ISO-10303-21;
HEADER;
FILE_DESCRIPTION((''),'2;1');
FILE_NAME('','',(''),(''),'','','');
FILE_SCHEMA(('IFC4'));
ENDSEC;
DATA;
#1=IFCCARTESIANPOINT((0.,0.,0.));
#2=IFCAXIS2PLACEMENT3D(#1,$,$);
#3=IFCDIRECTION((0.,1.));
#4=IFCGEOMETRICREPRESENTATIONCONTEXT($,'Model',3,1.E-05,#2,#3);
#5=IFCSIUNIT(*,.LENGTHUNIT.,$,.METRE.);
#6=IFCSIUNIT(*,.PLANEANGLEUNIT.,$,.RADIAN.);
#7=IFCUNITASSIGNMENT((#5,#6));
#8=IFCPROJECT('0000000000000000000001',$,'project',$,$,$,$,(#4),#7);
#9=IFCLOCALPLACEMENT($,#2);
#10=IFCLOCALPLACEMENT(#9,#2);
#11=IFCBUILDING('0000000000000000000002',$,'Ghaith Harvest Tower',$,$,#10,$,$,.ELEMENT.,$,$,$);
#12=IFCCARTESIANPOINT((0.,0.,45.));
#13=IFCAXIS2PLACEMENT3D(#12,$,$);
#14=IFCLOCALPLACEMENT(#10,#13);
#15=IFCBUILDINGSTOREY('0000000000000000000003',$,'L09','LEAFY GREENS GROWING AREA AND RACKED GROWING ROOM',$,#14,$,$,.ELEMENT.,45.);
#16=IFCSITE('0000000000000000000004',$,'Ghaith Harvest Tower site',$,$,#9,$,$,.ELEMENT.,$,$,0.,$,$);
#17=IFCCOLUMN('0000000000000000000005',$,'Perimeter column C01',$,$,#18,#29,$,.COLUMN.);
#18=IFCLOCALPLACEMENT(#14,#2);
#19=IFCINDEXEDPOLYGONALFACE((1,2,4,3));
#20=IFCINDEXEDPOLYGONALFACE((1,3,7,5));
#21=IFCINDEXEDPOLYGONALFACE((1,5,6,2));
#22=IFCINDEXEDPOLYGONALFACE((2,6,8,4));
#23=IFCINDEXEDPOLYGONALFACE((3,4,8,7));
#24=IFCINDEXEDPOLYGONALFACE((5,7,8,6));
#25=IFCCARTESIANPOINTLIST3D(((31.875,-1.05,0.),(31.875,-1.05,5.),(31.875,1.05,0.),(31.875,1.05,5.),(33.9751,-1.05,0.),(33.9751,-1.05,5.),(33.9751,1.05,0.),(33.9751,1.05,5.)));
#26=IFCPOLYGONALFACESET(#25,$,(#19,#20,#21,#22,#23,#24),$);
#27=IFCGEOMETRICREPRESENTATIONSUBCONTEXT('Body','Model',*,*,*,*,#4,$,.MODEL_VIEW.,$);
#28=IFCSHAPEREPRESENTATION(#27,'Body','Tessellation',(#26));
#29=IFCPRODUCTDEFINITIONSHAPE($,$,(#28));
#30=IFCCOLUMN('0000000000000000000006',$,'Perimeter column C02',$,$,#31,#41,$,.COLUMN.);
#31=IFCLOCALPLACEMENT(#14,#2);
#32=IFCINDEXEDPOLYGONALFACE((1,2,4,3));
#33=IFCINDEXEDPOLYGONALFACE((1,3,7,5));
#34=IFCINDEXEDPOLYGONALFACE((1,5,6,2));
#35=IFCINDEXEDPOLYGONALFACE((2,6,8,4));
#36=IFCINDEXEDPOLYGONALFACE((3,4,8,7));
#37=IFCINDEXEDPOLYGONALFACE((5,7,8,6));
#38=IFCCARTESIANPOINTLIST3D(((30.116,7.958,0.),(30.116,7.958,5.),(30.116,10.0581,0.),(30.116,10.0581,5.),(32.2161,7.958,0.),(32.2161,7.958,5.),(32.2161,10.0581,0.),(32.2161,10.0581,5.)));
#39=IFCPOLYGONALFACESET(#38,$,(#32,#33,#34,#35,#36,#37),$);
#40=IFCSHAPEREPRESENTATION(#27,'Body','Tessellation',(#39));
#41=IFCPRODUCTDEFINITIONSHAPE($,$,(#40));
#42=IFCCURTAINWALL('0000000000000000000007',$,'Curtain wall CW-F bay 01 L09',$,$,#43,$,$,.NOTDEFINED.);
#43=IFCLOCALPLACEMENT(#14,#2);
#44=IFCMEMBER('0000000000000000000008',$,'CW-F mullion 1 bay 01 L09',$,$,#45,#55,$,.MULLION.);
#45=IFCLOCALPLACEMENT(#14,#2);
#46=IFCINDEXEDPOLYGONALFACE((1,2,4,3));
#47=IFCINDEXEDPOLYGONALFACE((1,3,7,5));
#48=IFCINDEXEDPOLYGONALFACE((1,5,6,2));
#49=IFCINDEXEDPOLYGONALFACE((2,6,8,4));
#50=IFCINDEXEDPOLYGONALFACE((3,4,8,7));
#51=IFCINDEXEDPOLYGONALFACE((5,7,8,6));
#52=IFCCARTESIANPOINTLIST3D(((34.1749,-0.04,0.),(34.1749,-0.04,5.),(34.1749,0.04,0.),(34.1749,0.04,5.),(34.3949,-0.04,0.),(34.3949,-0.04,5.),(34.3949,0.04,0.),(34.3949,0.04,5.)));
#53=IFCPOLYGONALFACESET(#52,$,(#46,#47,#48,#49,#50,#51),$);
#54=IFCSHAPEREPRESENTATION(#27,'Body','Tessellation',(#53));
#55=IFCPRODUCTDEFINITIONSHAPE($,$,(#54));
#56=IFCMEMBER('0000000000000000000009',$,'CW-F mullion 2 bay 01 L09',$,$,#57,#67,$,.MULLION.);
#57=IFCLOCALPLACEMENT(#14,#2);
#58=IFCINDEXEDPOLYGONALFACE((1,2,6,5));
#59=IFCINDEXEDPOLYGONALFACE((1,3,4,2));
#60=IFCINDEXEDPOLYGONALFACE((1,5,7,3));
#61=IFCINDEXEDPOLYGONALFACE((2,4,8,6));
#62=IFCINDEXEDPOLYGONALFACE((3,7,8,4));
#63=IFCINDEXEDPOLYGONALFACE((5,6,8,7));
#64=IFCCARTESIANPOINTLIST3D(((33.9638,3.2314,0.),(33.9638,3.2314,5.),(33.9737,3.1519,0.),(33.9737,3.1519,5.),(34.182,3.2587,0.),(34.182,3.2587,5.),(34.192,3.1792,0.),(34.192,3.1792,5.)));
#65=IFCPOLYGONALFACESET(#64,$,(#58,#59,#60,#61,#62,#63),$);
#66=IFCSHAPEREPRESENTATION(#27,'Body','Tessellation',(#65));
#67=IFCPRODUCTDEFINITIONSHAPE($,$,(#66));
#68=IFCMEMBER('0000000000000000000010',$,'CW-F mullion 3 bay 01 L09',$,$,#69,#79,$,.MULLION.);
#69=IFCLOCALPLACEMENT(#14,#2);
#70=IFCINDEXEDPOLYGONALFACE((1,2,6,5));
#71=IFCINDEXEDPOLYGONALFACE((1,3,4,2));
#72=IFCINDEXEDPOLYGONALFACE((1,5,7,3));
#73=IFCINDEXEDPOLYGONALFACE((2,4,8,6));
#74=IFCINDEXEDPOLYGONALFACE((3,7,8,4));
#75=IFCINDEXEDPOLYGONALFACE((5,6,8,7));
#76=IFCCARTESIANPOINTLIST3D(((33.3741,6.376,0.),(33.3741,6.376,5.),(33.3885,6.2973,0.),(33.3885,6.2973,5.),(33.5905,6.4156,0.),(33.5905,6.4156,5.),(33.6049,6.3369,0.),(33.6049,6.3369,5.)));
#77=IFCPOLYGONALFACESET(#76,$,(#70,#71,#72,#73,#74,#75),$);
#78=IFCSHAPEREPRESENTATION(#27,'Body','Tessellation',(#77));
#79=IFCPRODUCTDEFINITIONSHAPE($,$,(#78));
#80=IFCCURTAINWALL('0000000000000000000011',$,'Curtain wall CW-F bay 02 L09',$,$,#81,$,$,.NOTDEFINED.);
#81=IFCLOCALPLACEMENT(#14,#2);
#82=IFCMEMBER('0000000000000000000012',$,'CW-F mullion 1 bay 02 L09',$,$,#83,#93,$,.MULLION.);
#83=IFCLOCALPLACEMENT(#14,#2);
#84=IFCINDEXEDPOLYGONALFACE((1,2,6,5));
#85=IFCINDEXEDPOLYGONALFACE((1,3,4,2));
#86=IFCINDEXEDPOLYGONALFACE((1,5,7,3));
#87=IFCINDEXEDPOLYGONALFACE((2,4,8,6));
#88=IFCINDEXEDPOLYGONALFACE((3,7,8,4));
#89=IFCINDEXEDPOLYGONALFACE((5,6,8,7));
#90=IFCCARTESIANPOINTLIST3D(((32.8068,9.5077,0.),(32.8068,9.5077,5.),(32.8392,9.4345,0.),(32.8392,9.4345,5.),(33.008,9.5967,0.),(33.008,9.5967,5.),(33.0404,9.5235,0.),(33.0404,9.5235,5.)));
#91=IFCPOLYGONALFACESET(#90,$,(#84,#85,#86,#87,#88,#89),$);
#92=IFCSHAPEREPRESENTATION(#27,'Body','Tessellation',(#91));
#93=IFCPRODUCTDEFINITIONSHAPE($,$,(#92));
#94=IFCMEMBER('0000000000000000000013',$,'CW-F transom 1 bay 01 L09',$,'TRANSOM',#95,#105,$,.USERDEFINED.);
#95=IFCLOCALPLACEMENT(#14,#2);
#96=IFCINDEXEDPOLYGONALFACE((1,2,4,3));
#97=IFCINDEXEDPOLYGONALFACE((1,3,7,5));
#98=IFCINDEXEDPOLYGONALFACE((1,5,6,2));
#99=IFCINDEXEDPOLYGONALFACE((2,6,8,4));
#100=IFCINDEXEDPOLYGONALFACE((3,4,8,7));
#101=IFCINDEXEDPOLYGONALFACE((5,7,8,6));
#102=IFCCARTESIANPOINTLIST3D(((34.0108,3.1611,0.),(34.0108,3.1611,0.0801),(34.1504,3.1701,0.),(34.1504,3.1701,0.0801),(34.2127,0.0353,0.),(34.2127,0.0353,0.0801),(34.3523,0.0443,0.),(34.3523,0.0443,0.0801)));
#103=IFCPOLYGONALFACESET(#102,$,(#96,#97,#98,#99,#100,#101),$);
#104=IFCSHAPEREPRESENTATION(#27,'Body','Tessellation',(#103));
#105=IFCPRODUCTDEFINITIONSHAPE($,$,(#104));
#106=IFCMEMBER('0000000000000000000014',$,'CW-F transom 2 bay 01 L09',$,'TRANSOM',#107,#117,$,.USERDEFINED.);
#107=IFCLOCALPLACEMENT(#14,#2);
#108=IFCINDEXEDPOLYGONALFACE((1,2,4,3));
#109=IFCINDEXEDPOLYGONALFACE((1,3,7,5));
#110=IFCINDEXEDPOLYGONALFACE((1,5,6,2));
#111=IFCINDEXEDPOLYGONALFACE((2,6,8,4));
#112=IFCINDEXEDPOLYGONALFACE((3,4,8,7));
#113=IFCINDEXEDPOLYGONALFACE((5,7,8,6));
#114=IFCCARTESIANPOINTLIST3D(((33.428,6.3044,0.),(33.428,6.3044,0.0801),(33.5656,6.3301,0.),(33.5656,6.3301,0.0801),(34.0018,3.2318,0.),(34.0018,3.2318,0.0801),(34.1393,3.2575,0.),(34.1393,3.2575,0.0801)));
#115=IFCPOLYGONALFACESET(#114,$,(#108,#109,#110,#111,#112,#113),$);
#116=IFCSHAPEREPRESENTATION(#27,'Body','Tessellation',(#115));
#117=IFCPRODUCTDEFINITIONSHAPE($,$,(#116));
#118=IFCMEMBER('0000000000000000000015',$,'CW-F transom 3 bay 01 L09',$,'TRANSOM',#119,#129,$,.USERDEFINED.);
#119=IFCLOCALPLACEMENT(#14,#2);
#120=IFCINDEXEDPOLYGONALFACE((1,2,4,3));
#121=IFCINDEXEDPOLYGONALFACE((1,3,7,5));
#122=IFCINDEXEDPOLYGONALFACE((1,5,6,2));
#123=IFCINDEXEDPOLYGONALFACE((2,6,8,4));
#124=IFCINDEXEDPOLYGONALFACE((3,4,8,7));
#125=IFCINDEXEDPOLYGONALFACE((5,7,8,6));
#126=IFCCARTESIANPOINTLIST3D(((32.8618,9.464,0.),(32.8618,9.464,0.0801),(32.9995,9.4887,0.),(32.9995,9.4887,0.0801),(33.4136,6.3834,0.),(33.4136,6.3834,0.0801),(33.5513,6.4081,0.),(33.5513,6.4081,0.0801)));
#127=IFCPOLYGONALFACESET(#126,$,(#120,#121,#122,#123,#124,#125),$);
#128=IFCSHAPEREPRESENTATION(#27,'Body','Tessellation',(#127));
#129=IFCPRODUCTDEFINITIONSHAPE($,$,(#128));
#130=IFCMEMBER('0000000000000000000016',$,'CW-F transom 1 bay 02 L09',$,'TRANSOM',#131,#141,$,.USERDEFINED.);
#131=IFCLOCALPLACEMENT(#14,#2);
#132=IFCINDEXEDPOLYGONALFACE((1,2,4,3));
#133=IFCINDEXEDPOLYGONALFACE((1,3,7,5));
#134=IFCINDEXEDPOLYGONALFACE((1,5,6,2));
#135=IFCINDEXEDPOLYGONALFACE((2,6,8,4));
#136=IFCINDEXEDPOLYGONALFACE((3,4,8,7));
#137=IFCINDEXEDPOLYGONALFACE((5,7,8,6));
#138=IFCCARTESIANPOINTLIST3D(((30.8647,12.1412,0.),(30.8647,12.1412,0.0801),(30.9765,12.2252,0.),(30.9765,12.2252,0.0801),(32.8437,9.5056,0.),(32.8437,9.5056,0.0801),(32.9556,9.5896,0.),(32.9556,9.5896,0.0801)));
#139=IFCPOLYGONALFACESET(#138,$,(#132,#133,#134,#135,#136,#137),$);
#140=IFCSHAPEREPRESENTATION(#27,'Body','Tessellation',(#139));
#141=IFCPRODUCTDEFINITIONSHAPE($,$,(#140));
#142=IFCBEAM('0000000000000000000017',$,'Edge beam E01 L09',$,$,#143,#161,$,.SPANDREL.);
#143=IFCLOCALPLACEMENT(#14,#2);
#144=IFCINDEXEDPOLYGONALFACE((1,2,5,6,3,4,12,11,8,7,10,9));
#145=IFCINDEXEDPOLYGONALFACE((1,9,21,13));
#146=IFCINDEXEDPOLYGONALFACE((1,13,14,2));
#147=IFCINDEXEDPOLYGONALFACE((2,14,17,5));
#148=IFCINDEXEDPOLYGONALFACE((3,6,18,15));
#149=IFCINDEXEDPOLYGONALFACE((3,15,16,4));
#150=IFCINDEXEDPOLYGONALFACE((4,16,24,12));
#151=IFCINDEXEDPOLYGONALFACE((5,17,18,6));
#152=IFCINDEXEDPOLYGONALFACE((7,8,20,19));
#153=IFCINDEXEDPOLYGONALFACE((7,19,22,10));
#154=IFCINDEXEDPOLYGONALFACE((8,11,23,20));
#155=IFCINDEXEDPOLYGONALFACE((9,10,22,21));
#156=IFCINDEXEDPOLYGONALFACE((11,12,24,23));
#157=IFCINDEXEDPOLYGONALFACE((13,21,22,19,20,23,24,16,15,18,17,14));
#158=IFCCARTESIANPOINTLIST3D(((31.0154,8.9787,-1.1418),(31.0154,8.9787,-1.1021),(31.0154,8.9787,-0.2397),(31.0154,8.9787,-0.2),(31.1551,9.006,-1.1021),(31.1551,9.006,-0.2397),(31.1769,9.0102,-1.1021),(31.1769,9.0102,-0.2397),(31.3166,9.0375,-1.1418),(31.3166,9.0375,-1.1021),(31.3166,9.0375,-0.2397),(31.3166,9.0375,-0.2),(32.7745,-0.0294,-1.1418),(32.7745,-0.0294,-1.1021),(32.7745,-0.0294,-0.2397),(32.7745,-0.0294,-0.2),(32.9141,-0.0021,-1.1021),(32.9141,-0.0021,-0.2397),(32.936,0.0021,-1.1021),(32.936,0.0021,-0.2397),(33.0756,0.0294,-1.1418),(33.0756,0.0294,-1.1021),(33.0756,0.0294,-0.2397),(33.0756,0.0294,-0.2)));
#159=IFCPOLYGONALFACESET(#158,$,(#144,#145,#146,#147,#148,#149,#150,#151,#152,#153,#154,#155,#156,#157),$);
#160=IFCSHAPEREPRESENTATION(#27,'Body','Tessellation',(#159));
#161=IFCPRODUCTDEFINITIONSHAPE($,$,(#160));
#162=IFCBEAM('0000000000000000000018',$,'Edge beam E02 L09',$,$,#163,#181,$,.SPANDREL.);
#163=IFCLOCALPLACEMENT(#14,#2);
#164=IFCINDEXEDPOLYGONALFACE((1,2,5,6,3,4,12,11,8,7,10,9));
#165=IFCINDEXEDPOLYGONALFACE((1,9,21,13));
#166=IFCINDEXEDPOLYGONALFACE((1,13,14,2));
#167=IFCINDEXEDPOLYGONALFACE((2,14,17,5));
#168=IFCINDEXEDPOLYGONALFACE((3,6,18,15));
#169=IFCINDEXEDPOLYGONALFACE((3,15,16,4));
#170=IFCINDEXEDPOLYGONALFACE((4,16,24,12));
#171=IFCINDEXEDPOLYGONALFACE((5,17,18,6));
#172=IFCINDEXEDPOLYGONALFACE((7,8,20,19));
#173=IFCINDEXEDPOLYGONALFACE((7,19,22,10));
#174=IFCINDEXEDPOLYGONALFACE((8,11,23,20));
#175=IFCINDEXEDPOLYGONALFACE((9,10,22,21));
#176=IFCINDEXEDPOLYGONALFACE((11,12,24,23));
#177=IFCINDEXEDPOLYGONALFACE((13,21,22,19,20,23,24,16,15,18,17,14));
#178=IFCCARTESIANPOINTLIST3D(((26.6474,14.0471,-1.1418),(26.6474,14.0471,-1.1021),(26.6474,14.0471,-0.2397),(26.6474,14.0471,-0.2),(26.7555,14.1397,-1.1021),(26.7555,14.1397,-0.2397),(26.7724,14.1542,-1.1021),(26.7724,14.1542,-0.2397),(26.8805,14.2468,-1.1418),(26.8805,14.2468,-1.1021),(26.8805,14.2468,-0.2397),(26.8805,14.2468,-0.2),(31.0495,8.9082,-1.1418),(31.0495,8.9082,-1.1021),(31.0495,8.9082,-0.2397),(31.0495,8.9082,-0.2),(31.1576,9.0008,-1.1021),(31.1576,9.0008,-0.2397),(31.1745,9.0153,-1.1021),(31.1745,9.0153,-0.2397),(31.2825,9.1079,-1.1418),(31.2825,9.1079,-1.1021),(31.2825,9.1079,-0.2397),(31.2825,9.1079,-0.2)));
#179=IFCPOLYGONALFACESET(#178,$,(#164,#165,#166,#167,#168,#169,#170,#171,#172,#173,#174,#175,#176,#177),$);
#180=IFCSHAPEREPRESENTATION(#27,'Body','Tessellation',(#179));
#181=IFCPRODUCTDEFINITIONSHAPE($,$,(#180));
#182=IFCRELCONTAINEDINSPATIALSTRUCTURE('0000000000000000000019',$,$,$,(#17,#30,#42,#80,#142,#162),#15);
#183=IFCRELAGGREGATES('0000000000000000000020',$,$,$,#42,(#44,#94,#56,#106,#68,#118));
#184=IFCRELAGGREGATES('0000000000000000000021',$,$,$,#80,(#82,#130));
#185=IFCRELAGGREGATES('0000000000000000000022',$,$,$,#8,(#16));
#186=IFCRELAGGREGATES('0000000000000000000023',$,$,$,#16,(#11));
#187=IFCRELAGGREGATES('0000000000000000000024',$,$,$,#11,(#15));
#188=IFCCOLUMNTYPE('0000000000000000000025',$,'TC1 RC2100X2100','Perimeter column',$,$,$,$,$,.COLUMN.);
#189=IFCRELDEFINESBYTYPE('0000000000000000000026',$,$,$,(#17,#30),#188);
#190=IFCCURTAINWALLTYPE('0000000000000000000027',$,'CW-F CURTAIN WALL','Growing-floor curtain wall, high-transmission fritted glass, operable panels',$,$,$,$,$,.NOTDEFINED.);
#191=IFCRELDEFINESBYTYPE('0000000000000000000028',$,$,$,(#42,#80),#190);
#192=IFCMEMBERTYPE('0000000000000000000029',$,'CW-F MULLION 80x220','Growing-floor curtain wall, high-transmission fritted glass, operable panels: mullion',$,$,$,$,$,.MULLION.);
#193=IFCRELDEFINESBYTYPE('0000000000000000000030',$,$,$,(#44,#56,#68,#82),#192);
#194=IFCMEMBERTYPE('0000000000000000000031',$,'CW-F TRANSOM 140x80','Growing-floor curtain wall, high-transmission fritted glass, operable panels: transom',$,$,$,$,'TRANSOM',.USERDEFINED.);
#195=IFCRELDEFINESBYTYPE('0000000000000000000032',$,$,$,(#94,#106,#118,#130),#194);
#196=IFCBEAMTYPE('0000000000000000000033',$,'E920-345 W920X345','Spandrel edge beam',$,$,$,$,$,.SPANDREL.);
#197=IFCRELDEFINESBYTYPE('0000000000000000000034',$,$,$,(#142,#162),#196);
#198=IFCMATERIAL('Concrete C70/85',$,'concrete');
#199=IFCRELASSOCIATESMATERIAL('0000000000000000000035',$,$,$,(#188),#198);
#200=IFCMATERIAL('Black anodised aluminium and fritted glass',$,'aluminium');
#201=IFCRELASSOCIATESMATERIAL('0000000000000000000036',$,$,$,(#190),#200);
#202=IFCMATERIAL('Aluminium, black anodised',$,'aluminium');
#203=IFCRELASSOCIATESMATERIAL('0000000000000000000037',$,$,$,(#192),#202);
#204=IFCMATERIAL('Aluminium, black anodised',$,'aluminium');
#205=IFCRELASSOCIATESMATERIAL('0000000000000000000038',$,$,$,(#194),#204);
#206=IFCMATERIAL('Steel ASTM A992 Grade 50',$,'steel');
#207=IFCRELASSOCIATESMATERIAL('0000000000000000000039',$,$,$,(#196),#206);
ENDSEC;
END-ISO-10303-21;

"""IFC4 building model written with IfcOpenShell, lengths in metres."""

from ifc_helpers import new_model, si_unit, direction, frame, origin, origin_2d, place, context, subcontext, project, spatial, rectangle, i_section, extrude, material, material_profile, profile_set, type_object, element, aggregate, save


model = new_model("IFC4")

# Units and contexts
model_context = context("Model", 3, precision=1e-05, world=origin(), true_north=direction((0.0, 1.0)))
body_context = subcontext(model_context, "Body", "Model", "MODEL_VIEW")
ifc_project = project(units=[si_unit("LENGTHUNIT", "METRE"), si_unit("PLANEANGLEUNIT", "RADIAN")], contexts=[model_context])

# Site, building, storey
site_placement = place(None, origin())
site = spatial("IfcSite", under=ifc_project, at=site_placement, Name="Ghaith Harvest Tower site", CompositionType="ELEMENT", RefElevation=0.0)
building_placement = place(site_placement, origin())
building = spatial("IfcBuilding", under=site, at=building_placement, Name="Ghaith Harvest Tower", CompositionType="ELEMENT")
storey_placement = place(building_placement, frame((0.0, 0.0, 45.0)))
storey = spatial("IfcBuildingStorey", under=building, at=storey_placement, Name="L09", Description="LEAFY GREENS GROWING AREA AND RACKED GROWING ROOM", CompositionType="ELEMENT", Elevation=45.0)

# Columns
ifc_material_1 = material(Name="Concrete C70/85", Category="concrete")
ifc_material_profile_1 = material_profile(ifc_material_1, rectangle(XDim=2.1001, YDim=2.1001, at=origin_2d()), Name="RC2100X2100")
ifc_profile_set_1 = profile_set([ifc_material_profile_1], Name="Concrete C70/85")
column_type = type_object("IfcColumnType", Name="TC1 RC2100X2100", Description="Perimeter column", PredefinedType="COLUMN", material=ifc_profile_set_1)
for number, where, z_axis, x_axis, name in (
    (1, (32.925, 0.0, 0.0), (0.0, 0.0, 1.0), (1.0, 0.0, 0.0), "Perimeter column C01"),
    (2, (31.166, 9.0081, 0.0), (0.0, 0.0, 1.0), (1.0, 0.0, 0.0), "Perimeter column C02"),
):
    element("IfcColumn", number, at=place(storey_placement, frame(where, z_axis=z_axis, x_axis=x_axis)), inside=storey, type_object=column_type, Name=name, PredefinedType="COLUMN", context=body_context, shape_type="SweptSolid", body=[
        extrude(rectangle(XDim=2.1001, YDim=2.1001, at=origin_2d()), origin(), (0.0, 0.0, 1.0), 5.0),
    ])

# Curtain wall, members
ifc_material_2 = material(Name="Black anodised aluminium and fritted glass", Category="aluminium")
curtain_wall_type = type_object("IfcCurtainWallType", Name="CW-F CURTAIN WALL", Description="Growing-floor curtain wall, high-transmission fritted glass, operable panels", PredefinedType="NOTDEFINED", material=ifc_material_2)
curtain_wall_1_placement = place(storey_placement, origin())
curtain_wall_1 = element("IfcCurtainWall", 3, at=curtain_wall_1_placement, inside=storey, type_object=curtain_wall_type, Name="Curtain wall CW-F bay 01 L09", PredefinedType="NOTDEFINED")
ifc_material_3 = material(Name="Aluminium, black anodised", Category="aluminium")
ifc_material_profile_2 = material_profile(ifc_material_3, rectangle(XDim=0.0801, YDim=0.22, at=origin_2d()), Name="CW-F MULLION 80x220")
ifc_profile_set_2 = profile_set([ifc_material_profile_2], Name="Aluminium, black anodised")
member_type_1 = type_object("IfcMemberType", Name="CW-F MULLION 80x220", Description="Growing-floor curtain wall, high-transmission fritted glass, operable panels: mullion", PredefinedType="MULLION", material=ifc_profile_set_2)
member_1_placement = place(storey_placement, frame((34.2849, 0.0, 0.0), z_axis=(0.0, 0.0, 1.0), x_axis=(0.0, 1.0, 0.0)))
member_1 = element("IfcMember", 4, at=member_1_placement, type_object=member_type_1, Name="CW-F mullion 1 bay 01 L09", PredefinedType="MULLION", context=body_context, shape_type="SweptSolid", body=[
    extrude(rectangle(XDim=0.0801, YDim=0.22, at=origin_2d()), origin(), (0.0, 0.0, 1.0), 5.0),
])
member_2_placement = place(storey_placement, frame((34.0779, 3.2053, 0.0), z_axis=(0.0, 0.0, 1.0), x_axis=(-0.12417, 0.992261, 0.0)))
member_2 = element("IfcMember", 5, at=member_2_placement, type_object=member_type_1, Name="CW-F mullion 2 bay 01 L09", PredefinedType="MULLION", context=body_context, shape_type="SweptSolid", body=[
    extrude(rectangle(XDim=0.0801, YDim=0.22, at=origin_2d()), origin(), (0.0, 0.0, 1.0), 5.0),
])
member_3_placement = place(storey_placement, frame((33.4895, 6.3564, 0.0), z_axis=(0.0, 0.0, 1.0), x_axis=(-0.179943, 0.983677, 0.0)))
member_3 = element("IfcMember", 6, at=member_3_placement, type_object=member_type_1, Name="CW-F mullion 3 bay 01 L09", PredefinedType="MULLION", context=body_context, shape_type="SweptSolid", body=[
    extrude(rectangle(XDim=0.0801, YDim=0.22, at=origin_2d()), origin(), (0.0, 0.0, 1.0), 5.0),
])

# Curtain wall, member
curtain_wall_2_placement = place(storey_placement, origin())
curtain_wall_2 = element("IfcCurtainWall", 7, at=curtain_wall_2_placement, inside=storey, type_object=curtain_wall_type, Name="Curtain wall CW-F bay 02 L09", PredefinedType="NOTDEFINED")
member_4_placement = place(storey_placement, frame((32.9236, 9.5156, 0.0), z_axis=(0.0, 0.0, 1.0), x_axis=(-0.404702, 0.914449, 0.0)))
member_4 = element("IfcMember", 8, at=member_4_placement, type_object=member_type_1, Name="CW-F mullion 1 bay 02 L09", PredefinedType="MULLION", context=body_context, shape_type="SweptSolid", body=[
    extrude(rectangle(XDim=0.0801, YDim=0.22, at=origin_2d()), origin(), (0.0, 0.0, 1.0), 5.0),
])

# Members
ifc_material_4 = material(Name="Aluminium, black anodised", Category="aluminium")
ifc_material_profile_3 = material_profile(ifc_material_4, rectangle(XDim=0.1399, YDim=0.0801, at=origin_2d()), Name="CW-F TRANSOM 140x80")
ifc_profile_set_3 = profile_set([ifc_material_profile_3], Name="Aluminium, black anodised")
member_type_2 = type_object("IfcMemberType", Name="CW-F TRANSOM 140x80", Description="Growing-floor curtain wall, high-transmission fritted glass, operable panels: transom", ElementType="TRANSOM", PredefinedType="USERDEFINED", material=ifc_profile_set_3)
member_5_placement = place(storey_placement, frame((34.2825, 0.0398, 0.04), z_axis=(-0.06446, 0.99792, 0.0), x_axis=(-0.99792, -0.06446, 0.0)))
member_5 = element("IfcMember", 9, at=member_5_placement, type_object=member_type_2, Name="CW-F transom 1 bay 01 L09", ObjectType="TRANSOM", PredefinedType="USERDEFINED", context=body_context, shape_type="SweptSolid", body=[
    extrude(rectangle(XDim=0.1399, YDim=0.0801, at=origin_2d()), origin(), (0.0, 0.0, 1.0), 3.1323),
])
member_6_placement = place(storey_placement, frame((34.0706, 3.2446, 0.04), z_axis=(-0.183557, 0.983009, 0.0), x_axis=(-0.983009, -0.183557, 0.0)))
member_6 = element("IfcMember", 10, at=member_6_placement, type_object=member_type_2, Name="CW-F transom 2 bay 01 L09", ObjectType="TRANSOM", PredefinedType="USERDEFINED", context=body_context, shape_type="SweptSolid", body=[
    extrude(rectangle(XDim=0.1399, YDim=0.0801, at=origin_2d()), origin(), (0.0, 0.0, 1.0), 3.1257),
])
member_7_placement = place(storey_placement, frame((33.4824, 6.3958, 0.04), z_axis=(-0.176304, 0.984336, 0.0), x_axis=(-0.984336, -0.176304, 0.0)))
member_7 = element("IfcMember", 11, at=member_7_placement, type_object=member_type_2, Name="CW-F transom 3 bay 01 L09", ObjectType="TRANSOM", PredefinedType="USERDEFINED", context=body_context, shape_type="SweptSolid", body=[
    extrude(rectangle(XDim=0.1399, YDim=0.0801, at=origin_2d()), origin(), (0.0, 0.0, 1.0), 3.1296),
])
member_8_placement = place(storey_placement, frame((32.8997, 9.5476, 0.04), z_axis=(-0.600462, 0.799653, 0.0), x_axis=(-0.799653, -0.600462, 0.0)))
member_8 = element("IfcMember", 12, at=member_8_placement, type_object=member_type_2, Name="CW-F transom 1 bay 02 L09", ObjectType="TRANSOM", PredefinedType="USERDEFINED", context=body_context, shape_type="SweptSolid", body=[
    extrude(rectangle(XDim=0.1399, YDim=0.0801, at=origin_2d()), origin(), (0.0, 0.0, 1.0), 3.2959),
])

# Beams
ifc_material_5 = material(Name="Steel ASTM A992 Grade 50", Category="steel")
ifc_material_profile_4 = material_profile(ifc_material_5, i_section(OverallWidth=0.3069, OverallDepth=0.9419, WebThickness=0.0222, FlangeThickness=0.0398, at=origin_2d()), Name="W920X345")
ifc_profile_set_4 = profile_set([ifc_material_profile_4], Name="Steel ASTM A992 Grade 50")
beam_type_1 = type_object("IfcBeamType", Name="E920-345 W920X345", Description="Spandrel edge beam", PredefinedType="SPANDREL", material=ifc_profile_set_4)
beam_1_placement = place(storey_placement, frame((32.925, 0.0, -0.6709), z_axis=(-0.191653, 0.981463, 0.0), x_axis=(-0.981463, -0.191653, 0.0)))
element("IfcBeam", 13, at=beam_1_placement, inside=storey, type_object=beam_type_1, Name="Edge beam E01 L09", PredefinedType="SPANDREL", context=body_context, shape_type="SweptSolid", body=[
    extrude(i_section(OverallWidth=0.3069, OverallDepth=0.9419, WebThickness=0.0222, FlangeThickness=0.0398, at=origin_2d()), origin(), (0.0, 0.0, 1.0), 9.1782),
])
beam_2_placement = place(storey_placement, frame((31.166, 9.0081, -0.6709), z_axis=(-0.650563, 0.759453, 0.0), x_axis=(-0.759453, -0.650563, 0.0)))
element("IfcBeam", 14, at=beam_2_placement, inside=storey, type_object=beam_type_1, Name="Edge beam E02 L09", PredefinedType="SPANDREL", context=body_context, shape_type="SweptSolid", body=[
    extrude(i_section(OverallWidth=0.3069, OverallDepth=0.9419, WebThickness=0.0222, FlangeThickness=0.0398, at=origin_2d()), origin(), (0.0, 0.0, 1.0), 6.7666),
])

aggregate(curtain_wall_1, [member_1, member_5, member_2, member_6, member_3, member_7])
aggregate(curtain_wall_2, [member_4, member_8])

save(model, "model.ifc")
